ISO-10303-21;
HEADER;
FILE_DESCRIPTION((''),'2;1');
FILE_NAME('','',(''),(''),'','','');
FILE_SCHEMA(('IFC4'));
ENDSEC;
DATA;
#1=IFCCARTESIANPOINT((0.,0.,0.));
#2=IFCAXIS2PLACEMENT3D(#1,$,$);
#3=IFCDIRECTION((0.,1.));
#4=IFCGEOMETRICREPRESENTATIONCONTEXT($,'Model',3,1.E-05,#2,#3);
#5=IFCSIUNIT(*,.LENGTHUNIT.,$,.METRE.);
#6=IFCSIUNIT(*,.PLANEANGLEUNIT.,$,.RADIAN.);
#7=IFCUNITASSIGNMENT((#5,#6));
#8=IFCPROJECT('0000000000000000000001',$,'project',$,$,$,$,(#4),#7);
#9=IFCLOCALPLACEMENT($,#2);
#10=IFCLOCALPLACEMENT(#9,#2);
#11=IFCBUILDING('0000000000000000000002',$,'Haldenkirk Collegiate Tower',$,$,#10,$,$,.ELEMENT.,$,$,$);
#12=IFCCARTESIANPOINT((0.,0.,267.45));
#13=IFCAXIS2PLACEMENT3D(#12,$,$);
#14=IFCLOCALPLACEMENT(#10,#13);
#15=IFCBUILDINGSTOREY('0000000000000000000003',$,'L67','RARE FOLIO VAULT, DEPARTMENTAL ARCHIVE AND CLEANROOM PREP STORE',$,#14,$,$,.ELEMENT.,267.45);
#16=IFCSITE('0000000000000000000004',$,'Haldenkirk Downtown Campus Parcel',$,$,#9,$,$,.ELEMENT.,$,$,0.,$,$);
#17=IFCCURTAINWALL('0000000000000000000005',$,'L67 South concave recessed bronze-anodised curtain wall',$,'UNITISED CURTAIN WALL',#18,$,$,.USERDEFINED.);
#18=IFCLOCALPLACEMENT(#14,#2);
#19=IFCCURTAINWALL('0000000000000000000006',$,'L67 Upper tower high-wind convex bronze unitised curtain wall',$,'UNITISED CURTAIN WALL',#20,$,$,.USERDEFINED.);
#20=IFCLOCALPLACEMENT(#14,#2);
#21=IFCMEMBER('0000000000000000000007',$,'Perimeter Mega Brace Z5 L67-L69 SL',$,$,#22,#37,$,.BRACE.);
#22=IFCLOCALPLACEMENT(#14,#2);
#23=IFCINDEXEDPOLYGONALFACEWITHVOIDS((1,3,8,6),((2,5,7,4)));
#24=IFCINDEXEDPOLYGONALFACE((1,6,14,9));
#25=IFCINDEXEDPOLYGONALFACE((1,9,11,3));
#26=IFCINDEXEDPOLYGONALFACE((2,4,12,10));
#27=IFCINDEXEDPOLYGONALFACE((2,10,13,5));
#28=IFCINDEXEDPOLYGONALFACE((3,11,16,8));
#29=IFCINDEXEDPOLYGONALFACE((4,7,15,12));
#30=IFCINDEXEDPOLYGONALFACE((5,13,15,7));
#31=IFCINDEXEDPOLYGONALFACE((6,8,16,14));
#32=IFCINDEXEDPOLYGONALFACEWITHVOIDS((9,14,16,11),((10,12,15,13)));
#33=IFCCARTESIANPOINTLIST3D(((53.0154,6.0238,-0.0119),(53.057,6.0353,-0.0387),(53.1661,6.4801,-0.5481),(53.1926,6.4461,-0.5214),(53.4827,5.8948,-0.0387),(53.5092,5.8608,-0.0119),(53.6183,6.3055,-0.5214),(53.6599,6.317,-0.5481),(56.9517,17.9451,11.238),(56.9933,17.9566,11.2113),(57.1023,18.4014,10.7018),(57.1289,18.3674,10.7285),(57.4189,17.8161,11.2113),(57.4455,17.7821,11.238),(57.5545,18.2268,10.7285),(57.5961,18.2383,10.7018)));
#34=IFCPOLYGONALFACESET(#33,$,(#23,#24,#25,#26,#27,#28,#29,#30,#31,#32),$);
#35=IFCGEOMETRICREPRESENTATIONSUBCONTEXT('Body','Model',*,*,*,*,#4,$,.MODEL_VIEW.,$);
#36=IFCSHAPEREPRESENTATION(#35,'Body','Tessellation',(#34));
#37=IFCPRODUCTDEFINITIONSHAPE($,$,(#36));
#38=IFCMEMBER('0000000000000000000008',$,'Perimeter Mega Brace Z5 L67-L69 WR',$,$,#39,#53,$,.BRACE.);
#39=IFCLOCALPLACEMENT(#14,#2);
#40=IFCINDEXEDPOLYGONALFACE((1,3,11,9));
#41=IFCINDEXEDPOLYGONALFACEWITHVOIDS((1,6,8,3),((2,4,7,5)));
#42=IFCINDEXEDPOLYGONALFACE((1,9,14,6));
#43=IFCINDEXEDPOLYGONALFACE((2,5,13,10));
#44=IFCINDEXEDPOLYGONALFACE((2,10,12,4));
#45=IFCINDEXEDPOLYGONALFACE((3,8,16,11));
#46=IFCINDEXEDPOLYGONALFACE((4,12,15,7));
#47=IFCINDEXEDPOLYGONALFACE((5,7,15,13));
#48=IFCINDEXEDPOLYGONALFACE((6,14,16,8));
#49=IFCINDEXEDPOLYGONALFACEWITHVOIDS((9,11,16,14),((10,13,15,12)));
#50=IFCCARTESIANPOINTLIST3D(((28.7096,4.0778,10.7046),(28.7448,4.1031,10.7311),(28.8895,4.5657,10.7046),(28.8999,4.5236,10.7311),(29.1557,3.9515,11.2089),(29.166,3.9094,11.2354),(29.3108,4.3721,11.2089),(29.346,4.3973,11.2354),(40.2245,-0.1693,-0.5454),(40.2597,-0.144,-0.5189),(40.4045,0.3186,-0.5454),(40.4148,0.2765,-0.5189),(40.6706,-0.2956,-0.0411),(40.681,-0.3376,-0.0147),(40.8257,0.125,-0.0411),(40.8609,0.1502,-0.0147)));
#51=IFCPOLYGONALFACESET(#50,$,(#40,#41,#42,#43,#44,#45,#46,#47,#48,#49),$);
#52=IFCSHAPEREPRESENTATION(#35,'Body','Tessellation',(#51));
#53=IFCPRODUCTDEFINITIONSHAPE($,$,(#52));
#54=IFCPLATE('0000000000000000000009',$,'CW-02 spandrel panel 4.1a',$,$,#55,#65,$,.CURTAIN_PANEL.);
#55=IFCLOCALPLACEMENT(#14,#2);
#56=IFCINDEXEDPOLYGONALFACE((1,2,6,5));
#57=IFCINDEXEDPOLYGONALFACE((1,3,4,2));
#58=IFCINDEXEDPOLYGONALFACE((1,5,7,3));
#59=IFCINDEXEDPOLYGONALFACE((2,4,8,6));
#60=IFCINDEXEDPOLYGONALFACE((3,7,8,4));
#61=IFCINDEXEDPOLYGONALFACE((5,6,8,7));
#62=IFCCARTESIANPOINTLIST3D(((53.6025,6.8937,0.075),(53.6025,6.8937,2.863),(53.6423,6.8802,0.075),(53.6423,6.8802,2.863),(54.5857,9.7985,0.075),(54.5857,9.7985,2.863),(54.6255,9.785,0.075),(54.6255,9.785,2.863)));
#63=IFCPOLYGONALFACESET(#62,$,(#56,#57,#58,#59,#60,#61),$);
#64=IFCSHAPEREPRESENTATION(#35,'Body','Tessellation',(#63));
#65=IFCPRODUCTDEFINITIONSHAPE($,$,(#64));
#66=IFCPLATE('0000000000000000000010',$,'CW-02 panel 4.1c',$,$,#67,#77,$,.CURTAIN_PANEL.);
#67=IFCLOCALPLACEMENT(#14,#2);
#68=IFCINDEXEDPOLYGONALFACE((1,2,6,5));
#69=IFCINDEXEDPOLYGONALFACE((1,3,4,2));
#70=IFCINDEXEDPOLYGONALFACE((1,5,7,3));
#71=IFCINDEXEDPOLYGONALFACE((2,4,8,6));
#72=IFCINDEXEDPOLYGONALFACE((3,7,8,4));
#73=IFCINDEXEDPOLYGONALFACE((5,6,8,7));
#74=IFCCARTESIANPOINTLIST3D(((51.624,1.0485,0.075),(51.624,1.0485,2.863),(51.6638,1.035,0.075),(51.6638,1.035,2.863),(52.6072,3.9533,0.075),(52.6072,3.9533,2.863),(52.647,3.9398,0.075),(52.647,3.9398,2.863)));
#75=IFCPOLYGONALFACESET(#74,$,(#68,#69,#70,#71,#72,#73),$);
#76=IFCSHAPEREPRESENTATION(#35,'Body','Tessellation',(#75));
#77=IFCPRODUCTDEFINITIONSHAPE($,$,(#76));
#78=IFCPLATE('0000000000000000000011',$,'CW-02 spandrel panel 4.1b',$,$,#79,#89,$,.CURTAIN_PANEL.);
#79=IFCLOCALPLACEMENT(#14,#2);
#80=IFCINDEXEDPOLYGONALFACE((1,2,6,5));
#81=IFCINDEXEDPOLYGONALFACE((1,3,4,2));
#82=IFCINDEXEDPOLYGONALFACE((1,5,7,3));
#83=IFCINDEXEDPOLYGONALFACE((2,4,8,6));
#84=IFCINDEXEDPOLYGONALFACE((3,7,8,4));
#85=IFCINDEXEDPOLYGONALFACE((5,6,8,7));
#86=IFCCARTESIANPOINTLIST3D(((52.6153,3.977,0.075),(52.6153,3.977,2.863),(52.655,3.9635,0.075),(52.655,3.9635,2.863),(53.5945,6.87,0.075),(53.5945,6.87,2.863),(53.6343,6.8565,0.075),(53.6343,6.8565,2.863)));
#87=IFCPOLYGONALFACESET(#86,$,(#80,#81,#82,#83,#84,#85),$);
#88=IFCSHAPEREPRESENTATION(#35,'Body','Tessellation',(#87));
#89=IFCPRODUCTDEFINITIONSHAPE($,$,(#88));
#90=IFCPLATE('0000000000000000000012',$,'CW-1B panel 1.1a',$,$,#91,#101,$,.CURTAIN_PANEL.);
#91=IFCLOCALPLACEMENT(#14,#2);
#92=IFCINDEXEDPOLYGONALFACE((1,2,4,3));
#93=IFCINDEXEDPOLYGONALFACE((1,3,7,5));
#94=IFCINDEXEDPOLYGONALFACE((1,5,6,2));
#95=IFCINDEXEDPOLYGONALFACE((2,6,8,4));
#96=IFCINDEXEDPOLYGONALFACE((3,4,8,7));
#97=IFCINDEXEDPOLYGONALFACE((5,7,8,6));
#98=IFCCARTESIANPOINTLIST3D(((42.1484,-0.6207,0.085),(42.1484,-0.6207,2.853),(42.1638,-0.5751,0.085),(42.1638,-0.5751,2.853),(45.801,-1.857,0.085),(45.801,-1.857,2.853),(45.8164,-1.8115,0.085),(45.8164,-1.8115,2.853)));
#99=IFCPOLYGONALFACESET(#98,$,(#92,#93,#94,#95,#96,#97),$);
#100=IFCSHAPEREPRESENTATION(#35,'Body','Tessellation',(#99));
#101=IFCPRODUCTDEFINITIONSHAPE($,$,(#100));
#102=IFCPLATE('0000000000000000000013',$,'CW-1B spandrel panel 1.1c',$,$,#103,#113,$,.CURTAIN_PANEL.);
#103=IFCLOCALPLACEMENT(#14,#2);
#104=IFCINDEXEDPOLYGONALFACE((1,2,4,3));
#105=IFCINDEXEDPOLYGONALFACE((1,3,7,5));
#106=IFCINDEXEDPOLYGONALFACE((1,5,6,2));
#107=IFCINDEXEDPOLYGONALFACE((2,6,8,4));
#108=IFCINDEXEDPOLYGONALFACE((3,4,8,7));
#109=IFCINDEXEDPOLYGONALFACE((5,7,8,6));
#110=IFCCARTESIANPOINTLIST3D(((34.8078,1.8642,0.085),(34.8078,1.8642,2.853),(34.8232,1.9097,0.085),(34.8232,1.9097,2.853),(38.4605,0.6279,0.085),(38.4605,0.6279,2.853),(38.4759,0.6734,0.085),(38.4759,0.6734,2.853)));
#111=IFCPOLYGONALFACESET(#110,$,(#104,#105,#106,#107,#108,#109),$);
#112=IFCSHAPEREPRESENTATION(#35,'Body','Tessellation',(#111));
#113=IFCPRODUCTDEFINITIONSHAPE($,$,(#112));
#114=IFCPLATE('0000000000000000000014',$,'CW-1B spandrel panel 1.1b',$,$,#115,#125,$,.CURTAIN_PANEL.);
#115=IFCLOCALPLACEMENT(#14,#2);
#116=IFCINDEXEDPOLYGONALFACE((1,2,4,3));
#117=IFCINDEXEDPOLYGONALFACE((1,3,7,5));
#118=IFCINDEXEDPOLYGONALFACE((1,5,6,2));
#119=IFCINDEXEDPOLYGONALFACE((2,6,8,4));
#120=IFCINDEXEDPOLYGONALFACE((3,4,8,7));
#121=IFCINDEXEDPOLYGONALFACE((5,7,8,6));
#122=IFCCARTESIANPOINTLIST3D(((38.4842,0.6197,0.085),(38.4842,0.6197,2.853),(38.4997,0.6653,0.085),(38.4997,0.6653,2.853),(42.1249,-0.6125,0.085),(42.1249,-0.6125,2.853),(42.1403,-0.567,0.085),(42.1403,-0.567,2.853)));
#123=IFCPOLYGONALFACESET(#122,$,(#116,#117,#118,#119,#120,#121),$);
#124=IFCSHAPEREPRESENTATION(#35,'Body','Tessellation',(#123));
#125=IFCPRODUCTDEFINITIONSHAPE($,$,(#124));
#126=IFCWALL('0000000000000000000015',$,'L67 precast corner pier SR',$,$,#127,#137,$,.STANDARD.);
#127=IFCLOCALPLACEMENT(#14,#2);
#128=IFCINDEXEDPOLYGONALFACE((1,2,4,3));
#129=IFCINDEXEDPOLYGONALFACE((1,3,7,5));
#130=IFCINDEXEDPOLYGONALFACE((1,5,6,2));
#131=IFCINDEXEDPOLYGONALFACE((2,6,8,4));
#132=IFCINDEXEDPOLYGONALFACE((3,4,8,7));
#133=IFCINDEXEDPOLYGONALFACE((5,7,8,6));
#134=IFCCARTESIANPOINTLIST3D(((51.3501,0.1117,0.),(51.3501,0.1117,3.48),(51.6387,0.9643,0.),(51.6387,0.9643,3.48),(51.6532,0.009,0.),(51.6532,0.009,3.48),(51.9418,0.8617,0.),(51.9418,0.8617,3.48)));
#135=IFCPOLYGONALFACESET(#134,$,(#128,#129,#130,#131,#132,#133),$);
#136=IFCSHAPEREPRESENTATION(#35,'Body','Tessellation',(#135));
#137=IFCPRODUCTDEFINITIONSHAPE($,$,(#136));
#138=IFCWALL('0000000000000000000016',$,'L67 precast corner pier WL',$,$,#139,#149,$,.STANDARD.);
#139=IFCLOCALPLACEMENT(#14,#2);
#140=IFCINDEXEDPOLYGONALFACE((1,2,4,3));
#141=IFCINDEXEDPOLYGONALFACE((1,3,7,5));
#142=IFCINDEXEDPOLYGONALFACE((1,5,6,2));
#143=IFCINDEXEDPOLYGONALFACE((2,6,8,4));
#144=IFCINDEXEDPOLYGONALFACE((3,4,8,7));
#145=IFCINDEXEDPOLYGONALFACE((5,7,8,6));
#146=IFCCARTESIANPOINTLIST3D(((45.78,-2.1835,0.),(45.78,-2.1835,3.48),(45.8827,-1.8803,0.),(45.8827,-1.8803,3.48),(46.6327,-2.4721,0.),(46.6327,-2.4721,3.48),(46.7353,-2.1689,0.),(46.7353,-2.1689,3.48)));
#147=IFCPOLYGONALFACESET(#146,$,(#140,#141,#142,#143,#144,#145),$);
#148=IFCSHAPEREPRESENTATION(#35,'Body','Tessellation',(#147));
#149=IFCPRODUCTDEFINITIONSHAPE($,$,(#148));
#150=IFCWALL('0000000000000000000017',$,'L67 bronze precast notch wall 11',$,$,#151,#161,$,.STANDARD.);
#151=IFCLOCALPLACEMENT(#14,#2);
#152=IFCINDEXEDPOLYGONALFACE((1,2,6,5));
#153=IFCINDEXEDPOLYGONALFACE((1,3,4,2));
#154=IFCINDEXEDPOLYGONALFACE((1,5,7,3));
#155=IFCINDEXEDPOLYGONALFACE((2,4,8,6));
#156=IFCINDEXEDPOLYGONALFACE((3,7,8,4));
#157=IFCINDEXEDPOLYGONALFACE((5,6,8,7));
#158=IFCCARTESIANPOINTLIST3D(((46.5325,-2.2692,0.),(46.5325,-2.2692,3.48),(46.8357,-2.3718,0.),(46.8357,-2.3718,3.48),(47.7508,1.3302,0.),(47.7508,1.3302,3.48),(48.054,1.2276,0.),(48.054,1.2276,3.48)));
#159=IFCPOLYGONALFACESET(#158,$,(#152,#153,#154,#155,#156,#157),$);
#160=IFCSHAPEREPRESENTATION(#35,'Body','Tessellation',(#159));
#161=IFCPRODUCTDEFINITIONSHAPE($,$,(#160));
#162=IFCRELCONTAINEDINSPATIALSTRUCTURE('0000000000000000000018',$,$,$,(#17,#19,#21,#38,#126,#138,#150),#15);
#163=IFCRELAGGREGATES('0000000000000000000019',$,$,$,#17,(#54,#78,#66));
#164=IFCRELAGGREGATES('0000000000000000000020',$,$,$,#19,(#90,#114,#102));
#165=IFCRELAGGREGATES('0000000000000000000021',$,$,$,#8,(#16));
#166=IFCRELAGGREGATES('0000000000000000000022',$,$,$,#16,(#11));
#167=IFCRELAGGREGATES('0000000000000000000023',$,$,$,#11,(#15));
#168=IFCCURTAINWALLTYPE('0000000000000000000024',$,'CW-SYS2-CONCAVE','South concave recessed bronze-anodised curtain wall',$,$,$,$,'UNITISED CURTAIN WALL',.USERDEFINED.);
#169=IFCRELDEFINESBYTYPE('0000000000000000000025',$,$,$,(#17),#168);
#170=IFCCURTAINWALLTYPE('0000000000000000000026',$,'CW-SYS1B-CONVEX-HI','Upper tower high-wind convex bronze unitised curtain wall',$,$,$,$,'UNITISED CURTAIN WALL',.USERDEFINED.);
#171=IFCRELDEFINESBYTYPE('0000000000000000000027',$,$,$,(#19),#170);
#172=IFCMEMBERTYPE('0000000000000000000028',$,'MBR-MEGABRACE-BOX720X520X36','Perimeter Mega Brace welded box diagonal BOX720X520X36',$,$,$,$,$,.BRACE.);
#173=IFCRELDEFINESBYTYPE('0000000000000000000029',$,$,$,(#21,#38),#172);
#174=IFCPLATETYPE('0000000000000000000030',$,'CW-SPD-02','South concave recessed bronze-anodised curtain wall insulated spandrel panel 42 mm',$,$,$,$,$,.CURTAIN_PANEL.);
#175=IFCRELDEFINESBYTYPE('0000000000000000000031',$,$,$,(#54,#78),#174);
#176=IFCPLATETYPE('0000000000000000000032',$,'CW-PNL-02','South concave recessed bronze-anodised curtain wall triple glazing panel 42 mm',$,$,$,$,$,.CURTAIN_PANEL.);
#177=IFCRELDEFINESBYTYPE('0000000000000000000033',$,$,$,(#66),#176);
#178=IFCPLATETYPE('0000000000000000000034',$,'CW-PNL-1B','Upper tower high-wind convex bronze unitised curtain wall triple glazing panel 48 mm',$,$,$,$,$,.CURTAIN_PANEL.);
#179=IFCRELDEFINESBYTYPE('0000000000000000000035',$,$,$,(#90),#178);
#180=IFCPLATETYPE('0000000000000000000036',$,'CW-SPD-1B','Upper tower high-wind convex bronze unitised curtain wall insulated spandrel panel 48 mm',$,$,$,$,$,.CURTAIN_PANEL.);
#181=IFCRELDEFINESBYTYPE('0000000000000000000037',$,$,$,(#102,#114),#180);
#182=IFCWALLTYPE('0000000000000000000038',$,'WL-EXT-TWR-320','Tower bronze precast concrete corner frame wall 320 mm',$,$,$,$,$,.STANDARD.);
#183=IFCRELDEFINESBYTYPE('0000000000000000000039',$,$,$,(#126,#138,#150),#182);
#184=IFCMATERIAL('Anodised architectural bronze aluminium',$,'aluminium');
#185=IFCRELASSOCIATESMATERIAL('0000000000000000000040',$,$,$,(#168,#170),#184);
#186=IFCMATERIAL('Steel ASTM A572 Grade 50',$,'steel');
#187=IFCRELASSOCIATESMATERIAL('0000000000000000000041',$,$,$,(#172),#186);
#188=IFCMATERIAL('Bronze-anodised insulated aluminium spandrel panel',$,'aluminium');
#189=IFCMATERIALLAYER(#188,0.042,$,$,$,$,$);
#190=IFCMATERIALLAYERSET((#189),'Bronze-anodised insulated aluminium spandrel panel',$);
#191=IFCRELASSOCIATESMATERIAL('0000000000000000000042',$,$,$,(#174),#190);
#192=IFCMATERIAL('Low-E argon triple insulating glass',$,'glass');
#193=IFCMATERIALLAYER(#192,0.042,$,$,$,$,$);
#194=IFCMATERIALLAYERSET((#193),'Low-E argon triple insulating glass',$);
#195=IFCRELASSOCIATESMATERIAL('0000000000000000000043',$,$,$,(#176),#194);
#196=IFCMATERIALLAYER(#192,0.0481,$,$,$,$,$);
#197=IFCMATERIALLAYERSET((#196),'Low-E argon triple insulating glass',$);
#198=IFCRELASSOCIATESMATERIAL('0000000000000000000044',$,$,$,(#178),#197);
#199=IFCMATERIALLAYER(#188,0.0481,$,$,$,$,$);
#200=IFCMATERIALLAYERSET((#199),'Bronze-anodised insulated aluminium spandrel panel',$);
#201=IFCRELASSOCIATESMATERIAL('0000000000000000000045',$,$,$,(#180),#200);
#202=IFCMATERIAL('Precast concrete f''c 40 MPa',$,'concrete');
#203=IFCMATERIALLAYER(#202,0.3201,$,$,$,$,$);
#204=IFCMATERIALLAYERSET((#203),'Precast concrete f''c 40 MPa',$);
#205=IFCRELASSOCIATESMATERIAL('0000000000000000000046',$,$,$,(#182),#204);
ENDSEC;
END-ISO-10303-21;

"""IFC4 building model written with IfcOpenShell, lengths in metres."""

from ifc_helpers import new_model, si_unit, direction, frame, frame_2d, origin, origin_2d, place, context, subcontext, project, spatial, rectangle, hollow_rectangle, extrude, source, transform, mapped, material, layer, layer_set, material_profile, profile_set, type_object, element, aggregate, save


model = new_model("IFC4")

# Units and contexts
model_context = context("Model", 3, precision=1e-05, world=origin(), true_north=direction((0.0, 1.0)))
body_context = subcontext(model_context, "Body", "Model", "MODEL_VIEW")
ifc_project = project(units=[si_unit("LENGTHUNIT", "METRE"), si_unit("PLANEANGLEUNIT", "RADIAN")], contexts=[model_context])

# Site, building, storey
site_placement = place(None, origin())
site = spatial("IfcSite", under=ifc_project, at=site_placement, Name="Haldenkirk Downtown Campus Parcel", CompositionType="ELEMENT", RefElevation=0.0)
building_placement = place(site_placement, origin())
building = spatial("IfcBuilding", under=site, at=building_placement, Name="Haldenkirk Collegiate Tower", CompositionType="ELEMENT")
storey_placement = place(building_placement, frame((0.0, 0.0, 267.45)))
storey = spatial("IfcBuildingStorey", under=building, at=storey_placement, Name="L67", Description="RARE FOLIO VAULT, DEPARTMENTAL ARCHIVE AND CLEANROOM PREP STORE", CompositionType="ELEMENT", Elevation=267.45)

# Shared definitions
ifc_material_1 = material(Name="Steel ASTM A572 Grade 50", Category="steel")

# Curtain wall
ifc_material_2 = material(Name="Anodised architectural bronze aluminium", Category="aluminium")
curtain_wall_type_1 = type_object("IfcCurtainWallType", Name="CW-SYS2-CONCAVE", Description="South concave recessed bronze-anodised curtain wall", ElementType="UNITISED CURTAIN WALL", PredefinedType="USERDEFINED", material=ifc_material_2)
curtain_wall_1_placement = place(storey_placement, origin())
curtain_wall_1 = element("IfcCurtainWall", 1, at=curtain_wall_1_placement, inside=storey, type_object=curtain_wall_type_1, Name="L67 South concave recessed bronze-anodised curtain wall", ObjectType="UNITISED CURTAIN WALL", PredefinedType="USERDEFINED")

# Curtain wall
curtain_wall_type_2 = type_object("IfcCurtainWallType", Name="CW-SYS1B-CONVEX-HI", Description="Upper tower high-wind convex bronze unitised curtain wall", ElementType="UNITISED CURTAIN WALL", PredefinedType="USERDEFINED", material=ifc_material_2)
curtain_wall_2_placement = place(storey_placement, origin())
curtain_wall_2 = element("IfcCurtainWall", 2, at=curtain_wall_2_placement, inside=storey, type_object=curtain_wall_type_2, Name="L67 Upper tower high-wind convex bronze unitised curtain wall", ObjectType="UNITISED CURTAIN WALL", PredefinedType="USERDEFINED")

# Members
ifc_material_profile_1 = material_profile(ifc_material_1, hollow_rectangle(XDim=0.52, YDim=0.72, WallThickness=0.0359, at=origin_2d()), Name="BOX720X520X36")
ifc_profile_set_1 = profile_set([ifc_material_profile_1], Name="Steel ASTM A572 Grade 50")
member_type_1 = type_object("IfcMemberType", Name="MBR-MEGABRACE-BOX720X520X36", Description="Perimeter Mega Brace welded box diagonal BOX720X520X36", PredefinedType="BRACE", material=ifc_profile_set_1)
member_1_placement = place(storey_placement, frame((53.3376, 6.1704, -0.28), z_axis=(0.233503, 0.707185, 0.667358), x_axis=(-0.949576, 0.313537, 0.0)))
element("IfcMember", 3, at=member_1_placement, inside=storey, type_object=member_type_1, Name="Perimeter Mega Brace Z5 L67-L69 SL", PredefinedType="BRACE", context=body_context, shape_type="SweptSolid", body=[
    extrude(hollow_rectangle(XDim=0.52, YDim=0.72, WallThickness=0.0359, at=origin_2d()), origin(), (0.0, 0.0, 1.0), 16.8574),
])
member_2_placement = place(storey_placement, frame((40.5427, -0.0095, -0.28), z_axis=(-0.691622, 0.255093, 0.675712), x_axis=(-0.346045, -0.938218, 0.0)))
element("IfcMember", 4, at=member_2_placement, inside=storey, type_object=member_type_1, Name="Perimeter Mega Brace Z5 L67-L69 WR", PredefinedType="BRACE", context=body_context, shape_type="SweptSolid", body=[
    extrude(hollow_rectangle(XDim=0.52, YDim=0.72, WallThickness=0.0359, at=origin_2d()), origin(), (0.0, 0.0, 1.0), 16.6492),
])

# Plates
ifc_material_3 = material(Name="Bronze-anodised insulated aluminium spandrel panel", Category="aluminium")
ifc_layer_1 = layer(ifc_material_3, 0.042)
ifc_layer_set_1 = layer_set([ifc_layer_1], Name="Bronze-anodised insulated aluminium spandrel panel")
plate_type_1 = type_object("IfcPlateType", Name="CW-SPD-02", Description="South concave recessed bronze-anodised curtain wall insulated spandrel panel 42 mm", PredefinedType="CURTAIN_PANEL", material=ifc_layer_set_1)
shared_shape_1 = source(origin(), body_context, "Body", "SweptSolid", [
    extrude(rectangle(XDim=3.0667, YDim=0.042, at=origin_2d()), origin(), (0.0, 0.0, 1.0), 2.7881),
])
plate_1_placement = place(storey_placement, frame((54.114, 8.3394, 0.075), z_axis=(0.0, 0.0, 1.0), x_axis=(-0.320613, -0.94721, 0.0)))
plate_1 = element("IfcPlate", 5, at=plate_1_placement, type_object=plate_type_1, Name="CW-02 spandrel panel 4.1a", PredefinedType="CURTAIN_PANEL", context=body_context, shape_type="MappedRepresentation", body=[
    mapped(shared_shape_1, transform((0.0, 0.0, 0.0), x_axis=(1.0, 0.0, 0.0), y_axis=(0.0, 1.0, 0.0), z_axis=(0.0, 0.0, 1.0), scale=1.0)),
])
ifc_material_4 = material(Name="Low-E argon triple insulating glass", Category="glass")
ifc_layer_2 = layer(ifc_material_4, 0.042)
ifc_layer_set_2 = layer_set([ifc_layer_2], Name="Low-E argon triple insulating glass")
plate_type_2 = type_object("IfcPlateType", Name="CW-PNL-02", Description="South concave recessed bronze-anodised curtain wall triple glazing panel 42 mm", PredefinedType="CURTAIN_PANEL", material=ifc_layer_set_2)
plate_2_placement = place(storey_placement, frame((52.1355, 2.4941, 0.075), z_axis=(0.0, 0.0, 1.0), x_axis=(-0.320613, -0.94721, 0.0)))
plate_2 = element("IfcPlate", 6, at=plate_2_placement, type_object=plate_type_2, Name="CW-02 panel 4.1c", PredefinedType="CURTAIN_PANEL", context=body_context, shape_type="MappedRepresentation", body=[
    mapped(shared_shape_1, transform((0.0, 0.0, 0.0), x_axis=(1.0, 0.0, 0.0), y_axis=(0.0, 1.0, 0.0), z_axis=(0.0, 0.0, 1.0), scale=1.0)),
])
shared_shape_2 = source(origin(), body_context, "Body", "SweptSolid", [
    extrude(rectangle(XDim=3.0542, YDim=0.042, at=origin_2d()), origin(), (0.0, 0.0, 1.0), 2.7881),
])
plate_3_placement = place(storey_placement, frame((53.1248, 5.4167, 0.075), z_axis=(0.0, 0.0, 1.0), x_axis=(-0.320613, -0.94721, 0.0)))
plate_3 = element("IfcPlate", 7, at=plate_3_placement, type_object=plate_type_1, Name="CW-02 spandrel panel 4.1b", PredefinedType="CURTAIN_PANEL", context=body_context, shape_type="MappedRepresentation", body=[
    mapped(shared_shape_2, transform((0.0, 0.0, 0.0), x_axis=(1.0, 0.0, 0.0), y_axis=(0.0, 1.0, 0.0), z_axis=(0.0, 0.0, 1.0), scale=1.0)),
])
aggregate(curtain_wall_1, [plate_1, plate_3, plate_2])
ifc_layer_3 = layer(ifc_material_4, 0.0481)
ifc_layer_set_3 = layer_set([ifc_layer_3], Name="Low-E argon triple insulating glass")
plate_type_3 = type_object("IfcPlateType", Name="CW-PNL-1B", Description="Upper tower high-wind convex bronze unitised curtain wall triple glazing panel 48 mm", PredefinedType="CURTAIN_PANEL", material=ifc_layer_set_3)
shared_shape_3 = source(origin(), body_context, "Body", "SweptSolid", [
    extrude(rectangle(XDim=3.8562, YDim=0.0481, at=origin_2d()), origin(), (0.0, 0.0, 1.0), 2.7681),
])
plate_4_placement = place(storey_placement, frame((43.9824, -1.2161, 0.085), z_axis=(0.0, 0.0, 1.0), x_axis=(-0.947211, 0.320611, 0.0)))
plate_4 = element("IfcPlate", 8, at=plate_4_placement, type_object=plate_type_3, Name="CW-1B panel 1.1a", PredefinedType="CURTAIN_PANEL", context=body_context, shape_type="MappedRepresentation", body=[
    mapped(shared_shape_3, transform((0.0, 0.0, 0.0), x_axis=(1.0, 0.0, 0.0), y_axis=(0.0, 1.0, 0.0), z_axis=(0.0, 0.0, 1.0), scale=1.0)),
])
ifc_layer_4 = layer(ifc_material_3, 0.0481)
ifc_layer_set_4 = layer_set([ifc_layer_4], Name="Bronze-anodised insulated aluminium spandrel panel")
plate_type_4 = type_object("IfcPlateType", Name="CW-SPD-1B", Description="Upper tower high-wind convex bronze unitised curtain wall insulated spandrel panel 48 mm", PredefinedType="CURTAIN_PANEL", material=ifc_layer_set_4)
plate_5_placement = place(storey_placement, frame((36.6418, 1.2688, 0.085), z_axis=(0.0, 0.0, 1.0), x_axis=(-0.947211, 0.320611, 0.0)))
plate_5 = element("IfcPlate", 9, at=plate_5_placement, type_object=plate_type_4, Name="CW-1B spandrel panel 1.1c", PredefinedType="CURTAIN_PANEL", context=body_context, shape_type="MappedRepresentation", body=[
    mapped(shared_shape_3, transform((0.0, 0.0, 0.0), x_axis=(1.0, 0.0, 0.0), y_axis=(0.0, 1.0, 0.0), z_axis=(0.0, 0.0, 1.0), scale=1.0)),
])
shared_shape_4 = source(origin(), body_context, "Body", "SweptSolid", [
    extrude(rectangle(XDim=3.8435, YDim=0.0481, at=origin_2d()), origin(), (0.0, 0.0, 1.0), 2.7681),
])
plate_6_placement = place(storey_placement, frame((40.3123, 0.0264, 0.085), z_axis=(0.0, 0.0, 1.0), x_axis=(-0.947211, 0.320611, 0.0)))
plate_6 = element("IfcPlate", 10, at=plate_6_placement, type_object=plate_type_4, Name="CW-1B spandrel panel 1.1b", PredefinedType="CURTAIN_PANEL", context=body_context, shape_type="MappedRepresentation", body=[
    mapped(shared_shape_4, transform((0.0, 0.0, 0.0), x_axis=(1.0, 0.0, 0.0), y_axis=(0.0, 1.0, 0.0), z_axis=(0.0, 0.0, 1.0), scale=1.0)),
])
aggregate(curtain_wall_2, [plate_4, plate_6, plate_5])

# Walls
ifc_material_5 = material(Name="Precast concrete f'c 40 MPa", Category="concrete")
ifc_layer_5 = layer(ifc_material_5, 0.3201)
ifc_layer_set_5 = layer_set([ifc_layer_5], Name="Precast concrete f'c 40 MPa")
wall_type_1 = type_object("IfcWallType", Name="WL-EXT-TWR-320", Description="Tower bronze precast concrete corner frame wall 320 mm", PredefinedType="STANDARD", material=ifc_layer_set_5)
for number, where, z_axis, x_axis, name in (
    (11, (51.7903, 0.9131, 0.0), (0.0, 0.0, 1.0), (-0.320619, -0.947208, 0.0), "L67 precast corner pier SR"),
    (12, (46.6841, -2.3206, 0.0), (0.0, 0.0, 1.0), (-0.947208, 0.320619, 0.0), "L67 precast corner pier WL"),
):
    element("IfcWall", number, at=place(storey_placement, frame(where, z_axis=z_axis, x_axis=x_axis)), inside=storey, type_object=wall_type_1, Name=name, PredefinedType="STANDARD", context=body_context, shape_type="SweptSolid", body=[
        extrude(rectangle(XDim=0.9001, YDim=0.3201, at=frame_2d((0.4502, 0.0))), origin(), (0.0, 0.0, 1.0), 3.48),
    ])
wall_1_placement = place(storey_placement, frame((47.9023, 1.2788, 0.0), z_axis=(0.0, 0.0, 1.0), x_axis=(-0.3206, -0.947215, 0.0)))
element("IfcWall", 13, at=wall_1_placement, inside=storey, type_object=wall_type_1, Name="L67 bronze precast notch wall 11", PredefinedType="STANDARD", context=body_context, shape_type="SweptSolid", body=[
    extrude(rectangle(XDim=3.8, YDim=0.3201, at=frame_2d((1.8999, 0.0))), origin(), (0.0, 0.0, 1.0), 3.48),
])

save(model, "model.ifc")
